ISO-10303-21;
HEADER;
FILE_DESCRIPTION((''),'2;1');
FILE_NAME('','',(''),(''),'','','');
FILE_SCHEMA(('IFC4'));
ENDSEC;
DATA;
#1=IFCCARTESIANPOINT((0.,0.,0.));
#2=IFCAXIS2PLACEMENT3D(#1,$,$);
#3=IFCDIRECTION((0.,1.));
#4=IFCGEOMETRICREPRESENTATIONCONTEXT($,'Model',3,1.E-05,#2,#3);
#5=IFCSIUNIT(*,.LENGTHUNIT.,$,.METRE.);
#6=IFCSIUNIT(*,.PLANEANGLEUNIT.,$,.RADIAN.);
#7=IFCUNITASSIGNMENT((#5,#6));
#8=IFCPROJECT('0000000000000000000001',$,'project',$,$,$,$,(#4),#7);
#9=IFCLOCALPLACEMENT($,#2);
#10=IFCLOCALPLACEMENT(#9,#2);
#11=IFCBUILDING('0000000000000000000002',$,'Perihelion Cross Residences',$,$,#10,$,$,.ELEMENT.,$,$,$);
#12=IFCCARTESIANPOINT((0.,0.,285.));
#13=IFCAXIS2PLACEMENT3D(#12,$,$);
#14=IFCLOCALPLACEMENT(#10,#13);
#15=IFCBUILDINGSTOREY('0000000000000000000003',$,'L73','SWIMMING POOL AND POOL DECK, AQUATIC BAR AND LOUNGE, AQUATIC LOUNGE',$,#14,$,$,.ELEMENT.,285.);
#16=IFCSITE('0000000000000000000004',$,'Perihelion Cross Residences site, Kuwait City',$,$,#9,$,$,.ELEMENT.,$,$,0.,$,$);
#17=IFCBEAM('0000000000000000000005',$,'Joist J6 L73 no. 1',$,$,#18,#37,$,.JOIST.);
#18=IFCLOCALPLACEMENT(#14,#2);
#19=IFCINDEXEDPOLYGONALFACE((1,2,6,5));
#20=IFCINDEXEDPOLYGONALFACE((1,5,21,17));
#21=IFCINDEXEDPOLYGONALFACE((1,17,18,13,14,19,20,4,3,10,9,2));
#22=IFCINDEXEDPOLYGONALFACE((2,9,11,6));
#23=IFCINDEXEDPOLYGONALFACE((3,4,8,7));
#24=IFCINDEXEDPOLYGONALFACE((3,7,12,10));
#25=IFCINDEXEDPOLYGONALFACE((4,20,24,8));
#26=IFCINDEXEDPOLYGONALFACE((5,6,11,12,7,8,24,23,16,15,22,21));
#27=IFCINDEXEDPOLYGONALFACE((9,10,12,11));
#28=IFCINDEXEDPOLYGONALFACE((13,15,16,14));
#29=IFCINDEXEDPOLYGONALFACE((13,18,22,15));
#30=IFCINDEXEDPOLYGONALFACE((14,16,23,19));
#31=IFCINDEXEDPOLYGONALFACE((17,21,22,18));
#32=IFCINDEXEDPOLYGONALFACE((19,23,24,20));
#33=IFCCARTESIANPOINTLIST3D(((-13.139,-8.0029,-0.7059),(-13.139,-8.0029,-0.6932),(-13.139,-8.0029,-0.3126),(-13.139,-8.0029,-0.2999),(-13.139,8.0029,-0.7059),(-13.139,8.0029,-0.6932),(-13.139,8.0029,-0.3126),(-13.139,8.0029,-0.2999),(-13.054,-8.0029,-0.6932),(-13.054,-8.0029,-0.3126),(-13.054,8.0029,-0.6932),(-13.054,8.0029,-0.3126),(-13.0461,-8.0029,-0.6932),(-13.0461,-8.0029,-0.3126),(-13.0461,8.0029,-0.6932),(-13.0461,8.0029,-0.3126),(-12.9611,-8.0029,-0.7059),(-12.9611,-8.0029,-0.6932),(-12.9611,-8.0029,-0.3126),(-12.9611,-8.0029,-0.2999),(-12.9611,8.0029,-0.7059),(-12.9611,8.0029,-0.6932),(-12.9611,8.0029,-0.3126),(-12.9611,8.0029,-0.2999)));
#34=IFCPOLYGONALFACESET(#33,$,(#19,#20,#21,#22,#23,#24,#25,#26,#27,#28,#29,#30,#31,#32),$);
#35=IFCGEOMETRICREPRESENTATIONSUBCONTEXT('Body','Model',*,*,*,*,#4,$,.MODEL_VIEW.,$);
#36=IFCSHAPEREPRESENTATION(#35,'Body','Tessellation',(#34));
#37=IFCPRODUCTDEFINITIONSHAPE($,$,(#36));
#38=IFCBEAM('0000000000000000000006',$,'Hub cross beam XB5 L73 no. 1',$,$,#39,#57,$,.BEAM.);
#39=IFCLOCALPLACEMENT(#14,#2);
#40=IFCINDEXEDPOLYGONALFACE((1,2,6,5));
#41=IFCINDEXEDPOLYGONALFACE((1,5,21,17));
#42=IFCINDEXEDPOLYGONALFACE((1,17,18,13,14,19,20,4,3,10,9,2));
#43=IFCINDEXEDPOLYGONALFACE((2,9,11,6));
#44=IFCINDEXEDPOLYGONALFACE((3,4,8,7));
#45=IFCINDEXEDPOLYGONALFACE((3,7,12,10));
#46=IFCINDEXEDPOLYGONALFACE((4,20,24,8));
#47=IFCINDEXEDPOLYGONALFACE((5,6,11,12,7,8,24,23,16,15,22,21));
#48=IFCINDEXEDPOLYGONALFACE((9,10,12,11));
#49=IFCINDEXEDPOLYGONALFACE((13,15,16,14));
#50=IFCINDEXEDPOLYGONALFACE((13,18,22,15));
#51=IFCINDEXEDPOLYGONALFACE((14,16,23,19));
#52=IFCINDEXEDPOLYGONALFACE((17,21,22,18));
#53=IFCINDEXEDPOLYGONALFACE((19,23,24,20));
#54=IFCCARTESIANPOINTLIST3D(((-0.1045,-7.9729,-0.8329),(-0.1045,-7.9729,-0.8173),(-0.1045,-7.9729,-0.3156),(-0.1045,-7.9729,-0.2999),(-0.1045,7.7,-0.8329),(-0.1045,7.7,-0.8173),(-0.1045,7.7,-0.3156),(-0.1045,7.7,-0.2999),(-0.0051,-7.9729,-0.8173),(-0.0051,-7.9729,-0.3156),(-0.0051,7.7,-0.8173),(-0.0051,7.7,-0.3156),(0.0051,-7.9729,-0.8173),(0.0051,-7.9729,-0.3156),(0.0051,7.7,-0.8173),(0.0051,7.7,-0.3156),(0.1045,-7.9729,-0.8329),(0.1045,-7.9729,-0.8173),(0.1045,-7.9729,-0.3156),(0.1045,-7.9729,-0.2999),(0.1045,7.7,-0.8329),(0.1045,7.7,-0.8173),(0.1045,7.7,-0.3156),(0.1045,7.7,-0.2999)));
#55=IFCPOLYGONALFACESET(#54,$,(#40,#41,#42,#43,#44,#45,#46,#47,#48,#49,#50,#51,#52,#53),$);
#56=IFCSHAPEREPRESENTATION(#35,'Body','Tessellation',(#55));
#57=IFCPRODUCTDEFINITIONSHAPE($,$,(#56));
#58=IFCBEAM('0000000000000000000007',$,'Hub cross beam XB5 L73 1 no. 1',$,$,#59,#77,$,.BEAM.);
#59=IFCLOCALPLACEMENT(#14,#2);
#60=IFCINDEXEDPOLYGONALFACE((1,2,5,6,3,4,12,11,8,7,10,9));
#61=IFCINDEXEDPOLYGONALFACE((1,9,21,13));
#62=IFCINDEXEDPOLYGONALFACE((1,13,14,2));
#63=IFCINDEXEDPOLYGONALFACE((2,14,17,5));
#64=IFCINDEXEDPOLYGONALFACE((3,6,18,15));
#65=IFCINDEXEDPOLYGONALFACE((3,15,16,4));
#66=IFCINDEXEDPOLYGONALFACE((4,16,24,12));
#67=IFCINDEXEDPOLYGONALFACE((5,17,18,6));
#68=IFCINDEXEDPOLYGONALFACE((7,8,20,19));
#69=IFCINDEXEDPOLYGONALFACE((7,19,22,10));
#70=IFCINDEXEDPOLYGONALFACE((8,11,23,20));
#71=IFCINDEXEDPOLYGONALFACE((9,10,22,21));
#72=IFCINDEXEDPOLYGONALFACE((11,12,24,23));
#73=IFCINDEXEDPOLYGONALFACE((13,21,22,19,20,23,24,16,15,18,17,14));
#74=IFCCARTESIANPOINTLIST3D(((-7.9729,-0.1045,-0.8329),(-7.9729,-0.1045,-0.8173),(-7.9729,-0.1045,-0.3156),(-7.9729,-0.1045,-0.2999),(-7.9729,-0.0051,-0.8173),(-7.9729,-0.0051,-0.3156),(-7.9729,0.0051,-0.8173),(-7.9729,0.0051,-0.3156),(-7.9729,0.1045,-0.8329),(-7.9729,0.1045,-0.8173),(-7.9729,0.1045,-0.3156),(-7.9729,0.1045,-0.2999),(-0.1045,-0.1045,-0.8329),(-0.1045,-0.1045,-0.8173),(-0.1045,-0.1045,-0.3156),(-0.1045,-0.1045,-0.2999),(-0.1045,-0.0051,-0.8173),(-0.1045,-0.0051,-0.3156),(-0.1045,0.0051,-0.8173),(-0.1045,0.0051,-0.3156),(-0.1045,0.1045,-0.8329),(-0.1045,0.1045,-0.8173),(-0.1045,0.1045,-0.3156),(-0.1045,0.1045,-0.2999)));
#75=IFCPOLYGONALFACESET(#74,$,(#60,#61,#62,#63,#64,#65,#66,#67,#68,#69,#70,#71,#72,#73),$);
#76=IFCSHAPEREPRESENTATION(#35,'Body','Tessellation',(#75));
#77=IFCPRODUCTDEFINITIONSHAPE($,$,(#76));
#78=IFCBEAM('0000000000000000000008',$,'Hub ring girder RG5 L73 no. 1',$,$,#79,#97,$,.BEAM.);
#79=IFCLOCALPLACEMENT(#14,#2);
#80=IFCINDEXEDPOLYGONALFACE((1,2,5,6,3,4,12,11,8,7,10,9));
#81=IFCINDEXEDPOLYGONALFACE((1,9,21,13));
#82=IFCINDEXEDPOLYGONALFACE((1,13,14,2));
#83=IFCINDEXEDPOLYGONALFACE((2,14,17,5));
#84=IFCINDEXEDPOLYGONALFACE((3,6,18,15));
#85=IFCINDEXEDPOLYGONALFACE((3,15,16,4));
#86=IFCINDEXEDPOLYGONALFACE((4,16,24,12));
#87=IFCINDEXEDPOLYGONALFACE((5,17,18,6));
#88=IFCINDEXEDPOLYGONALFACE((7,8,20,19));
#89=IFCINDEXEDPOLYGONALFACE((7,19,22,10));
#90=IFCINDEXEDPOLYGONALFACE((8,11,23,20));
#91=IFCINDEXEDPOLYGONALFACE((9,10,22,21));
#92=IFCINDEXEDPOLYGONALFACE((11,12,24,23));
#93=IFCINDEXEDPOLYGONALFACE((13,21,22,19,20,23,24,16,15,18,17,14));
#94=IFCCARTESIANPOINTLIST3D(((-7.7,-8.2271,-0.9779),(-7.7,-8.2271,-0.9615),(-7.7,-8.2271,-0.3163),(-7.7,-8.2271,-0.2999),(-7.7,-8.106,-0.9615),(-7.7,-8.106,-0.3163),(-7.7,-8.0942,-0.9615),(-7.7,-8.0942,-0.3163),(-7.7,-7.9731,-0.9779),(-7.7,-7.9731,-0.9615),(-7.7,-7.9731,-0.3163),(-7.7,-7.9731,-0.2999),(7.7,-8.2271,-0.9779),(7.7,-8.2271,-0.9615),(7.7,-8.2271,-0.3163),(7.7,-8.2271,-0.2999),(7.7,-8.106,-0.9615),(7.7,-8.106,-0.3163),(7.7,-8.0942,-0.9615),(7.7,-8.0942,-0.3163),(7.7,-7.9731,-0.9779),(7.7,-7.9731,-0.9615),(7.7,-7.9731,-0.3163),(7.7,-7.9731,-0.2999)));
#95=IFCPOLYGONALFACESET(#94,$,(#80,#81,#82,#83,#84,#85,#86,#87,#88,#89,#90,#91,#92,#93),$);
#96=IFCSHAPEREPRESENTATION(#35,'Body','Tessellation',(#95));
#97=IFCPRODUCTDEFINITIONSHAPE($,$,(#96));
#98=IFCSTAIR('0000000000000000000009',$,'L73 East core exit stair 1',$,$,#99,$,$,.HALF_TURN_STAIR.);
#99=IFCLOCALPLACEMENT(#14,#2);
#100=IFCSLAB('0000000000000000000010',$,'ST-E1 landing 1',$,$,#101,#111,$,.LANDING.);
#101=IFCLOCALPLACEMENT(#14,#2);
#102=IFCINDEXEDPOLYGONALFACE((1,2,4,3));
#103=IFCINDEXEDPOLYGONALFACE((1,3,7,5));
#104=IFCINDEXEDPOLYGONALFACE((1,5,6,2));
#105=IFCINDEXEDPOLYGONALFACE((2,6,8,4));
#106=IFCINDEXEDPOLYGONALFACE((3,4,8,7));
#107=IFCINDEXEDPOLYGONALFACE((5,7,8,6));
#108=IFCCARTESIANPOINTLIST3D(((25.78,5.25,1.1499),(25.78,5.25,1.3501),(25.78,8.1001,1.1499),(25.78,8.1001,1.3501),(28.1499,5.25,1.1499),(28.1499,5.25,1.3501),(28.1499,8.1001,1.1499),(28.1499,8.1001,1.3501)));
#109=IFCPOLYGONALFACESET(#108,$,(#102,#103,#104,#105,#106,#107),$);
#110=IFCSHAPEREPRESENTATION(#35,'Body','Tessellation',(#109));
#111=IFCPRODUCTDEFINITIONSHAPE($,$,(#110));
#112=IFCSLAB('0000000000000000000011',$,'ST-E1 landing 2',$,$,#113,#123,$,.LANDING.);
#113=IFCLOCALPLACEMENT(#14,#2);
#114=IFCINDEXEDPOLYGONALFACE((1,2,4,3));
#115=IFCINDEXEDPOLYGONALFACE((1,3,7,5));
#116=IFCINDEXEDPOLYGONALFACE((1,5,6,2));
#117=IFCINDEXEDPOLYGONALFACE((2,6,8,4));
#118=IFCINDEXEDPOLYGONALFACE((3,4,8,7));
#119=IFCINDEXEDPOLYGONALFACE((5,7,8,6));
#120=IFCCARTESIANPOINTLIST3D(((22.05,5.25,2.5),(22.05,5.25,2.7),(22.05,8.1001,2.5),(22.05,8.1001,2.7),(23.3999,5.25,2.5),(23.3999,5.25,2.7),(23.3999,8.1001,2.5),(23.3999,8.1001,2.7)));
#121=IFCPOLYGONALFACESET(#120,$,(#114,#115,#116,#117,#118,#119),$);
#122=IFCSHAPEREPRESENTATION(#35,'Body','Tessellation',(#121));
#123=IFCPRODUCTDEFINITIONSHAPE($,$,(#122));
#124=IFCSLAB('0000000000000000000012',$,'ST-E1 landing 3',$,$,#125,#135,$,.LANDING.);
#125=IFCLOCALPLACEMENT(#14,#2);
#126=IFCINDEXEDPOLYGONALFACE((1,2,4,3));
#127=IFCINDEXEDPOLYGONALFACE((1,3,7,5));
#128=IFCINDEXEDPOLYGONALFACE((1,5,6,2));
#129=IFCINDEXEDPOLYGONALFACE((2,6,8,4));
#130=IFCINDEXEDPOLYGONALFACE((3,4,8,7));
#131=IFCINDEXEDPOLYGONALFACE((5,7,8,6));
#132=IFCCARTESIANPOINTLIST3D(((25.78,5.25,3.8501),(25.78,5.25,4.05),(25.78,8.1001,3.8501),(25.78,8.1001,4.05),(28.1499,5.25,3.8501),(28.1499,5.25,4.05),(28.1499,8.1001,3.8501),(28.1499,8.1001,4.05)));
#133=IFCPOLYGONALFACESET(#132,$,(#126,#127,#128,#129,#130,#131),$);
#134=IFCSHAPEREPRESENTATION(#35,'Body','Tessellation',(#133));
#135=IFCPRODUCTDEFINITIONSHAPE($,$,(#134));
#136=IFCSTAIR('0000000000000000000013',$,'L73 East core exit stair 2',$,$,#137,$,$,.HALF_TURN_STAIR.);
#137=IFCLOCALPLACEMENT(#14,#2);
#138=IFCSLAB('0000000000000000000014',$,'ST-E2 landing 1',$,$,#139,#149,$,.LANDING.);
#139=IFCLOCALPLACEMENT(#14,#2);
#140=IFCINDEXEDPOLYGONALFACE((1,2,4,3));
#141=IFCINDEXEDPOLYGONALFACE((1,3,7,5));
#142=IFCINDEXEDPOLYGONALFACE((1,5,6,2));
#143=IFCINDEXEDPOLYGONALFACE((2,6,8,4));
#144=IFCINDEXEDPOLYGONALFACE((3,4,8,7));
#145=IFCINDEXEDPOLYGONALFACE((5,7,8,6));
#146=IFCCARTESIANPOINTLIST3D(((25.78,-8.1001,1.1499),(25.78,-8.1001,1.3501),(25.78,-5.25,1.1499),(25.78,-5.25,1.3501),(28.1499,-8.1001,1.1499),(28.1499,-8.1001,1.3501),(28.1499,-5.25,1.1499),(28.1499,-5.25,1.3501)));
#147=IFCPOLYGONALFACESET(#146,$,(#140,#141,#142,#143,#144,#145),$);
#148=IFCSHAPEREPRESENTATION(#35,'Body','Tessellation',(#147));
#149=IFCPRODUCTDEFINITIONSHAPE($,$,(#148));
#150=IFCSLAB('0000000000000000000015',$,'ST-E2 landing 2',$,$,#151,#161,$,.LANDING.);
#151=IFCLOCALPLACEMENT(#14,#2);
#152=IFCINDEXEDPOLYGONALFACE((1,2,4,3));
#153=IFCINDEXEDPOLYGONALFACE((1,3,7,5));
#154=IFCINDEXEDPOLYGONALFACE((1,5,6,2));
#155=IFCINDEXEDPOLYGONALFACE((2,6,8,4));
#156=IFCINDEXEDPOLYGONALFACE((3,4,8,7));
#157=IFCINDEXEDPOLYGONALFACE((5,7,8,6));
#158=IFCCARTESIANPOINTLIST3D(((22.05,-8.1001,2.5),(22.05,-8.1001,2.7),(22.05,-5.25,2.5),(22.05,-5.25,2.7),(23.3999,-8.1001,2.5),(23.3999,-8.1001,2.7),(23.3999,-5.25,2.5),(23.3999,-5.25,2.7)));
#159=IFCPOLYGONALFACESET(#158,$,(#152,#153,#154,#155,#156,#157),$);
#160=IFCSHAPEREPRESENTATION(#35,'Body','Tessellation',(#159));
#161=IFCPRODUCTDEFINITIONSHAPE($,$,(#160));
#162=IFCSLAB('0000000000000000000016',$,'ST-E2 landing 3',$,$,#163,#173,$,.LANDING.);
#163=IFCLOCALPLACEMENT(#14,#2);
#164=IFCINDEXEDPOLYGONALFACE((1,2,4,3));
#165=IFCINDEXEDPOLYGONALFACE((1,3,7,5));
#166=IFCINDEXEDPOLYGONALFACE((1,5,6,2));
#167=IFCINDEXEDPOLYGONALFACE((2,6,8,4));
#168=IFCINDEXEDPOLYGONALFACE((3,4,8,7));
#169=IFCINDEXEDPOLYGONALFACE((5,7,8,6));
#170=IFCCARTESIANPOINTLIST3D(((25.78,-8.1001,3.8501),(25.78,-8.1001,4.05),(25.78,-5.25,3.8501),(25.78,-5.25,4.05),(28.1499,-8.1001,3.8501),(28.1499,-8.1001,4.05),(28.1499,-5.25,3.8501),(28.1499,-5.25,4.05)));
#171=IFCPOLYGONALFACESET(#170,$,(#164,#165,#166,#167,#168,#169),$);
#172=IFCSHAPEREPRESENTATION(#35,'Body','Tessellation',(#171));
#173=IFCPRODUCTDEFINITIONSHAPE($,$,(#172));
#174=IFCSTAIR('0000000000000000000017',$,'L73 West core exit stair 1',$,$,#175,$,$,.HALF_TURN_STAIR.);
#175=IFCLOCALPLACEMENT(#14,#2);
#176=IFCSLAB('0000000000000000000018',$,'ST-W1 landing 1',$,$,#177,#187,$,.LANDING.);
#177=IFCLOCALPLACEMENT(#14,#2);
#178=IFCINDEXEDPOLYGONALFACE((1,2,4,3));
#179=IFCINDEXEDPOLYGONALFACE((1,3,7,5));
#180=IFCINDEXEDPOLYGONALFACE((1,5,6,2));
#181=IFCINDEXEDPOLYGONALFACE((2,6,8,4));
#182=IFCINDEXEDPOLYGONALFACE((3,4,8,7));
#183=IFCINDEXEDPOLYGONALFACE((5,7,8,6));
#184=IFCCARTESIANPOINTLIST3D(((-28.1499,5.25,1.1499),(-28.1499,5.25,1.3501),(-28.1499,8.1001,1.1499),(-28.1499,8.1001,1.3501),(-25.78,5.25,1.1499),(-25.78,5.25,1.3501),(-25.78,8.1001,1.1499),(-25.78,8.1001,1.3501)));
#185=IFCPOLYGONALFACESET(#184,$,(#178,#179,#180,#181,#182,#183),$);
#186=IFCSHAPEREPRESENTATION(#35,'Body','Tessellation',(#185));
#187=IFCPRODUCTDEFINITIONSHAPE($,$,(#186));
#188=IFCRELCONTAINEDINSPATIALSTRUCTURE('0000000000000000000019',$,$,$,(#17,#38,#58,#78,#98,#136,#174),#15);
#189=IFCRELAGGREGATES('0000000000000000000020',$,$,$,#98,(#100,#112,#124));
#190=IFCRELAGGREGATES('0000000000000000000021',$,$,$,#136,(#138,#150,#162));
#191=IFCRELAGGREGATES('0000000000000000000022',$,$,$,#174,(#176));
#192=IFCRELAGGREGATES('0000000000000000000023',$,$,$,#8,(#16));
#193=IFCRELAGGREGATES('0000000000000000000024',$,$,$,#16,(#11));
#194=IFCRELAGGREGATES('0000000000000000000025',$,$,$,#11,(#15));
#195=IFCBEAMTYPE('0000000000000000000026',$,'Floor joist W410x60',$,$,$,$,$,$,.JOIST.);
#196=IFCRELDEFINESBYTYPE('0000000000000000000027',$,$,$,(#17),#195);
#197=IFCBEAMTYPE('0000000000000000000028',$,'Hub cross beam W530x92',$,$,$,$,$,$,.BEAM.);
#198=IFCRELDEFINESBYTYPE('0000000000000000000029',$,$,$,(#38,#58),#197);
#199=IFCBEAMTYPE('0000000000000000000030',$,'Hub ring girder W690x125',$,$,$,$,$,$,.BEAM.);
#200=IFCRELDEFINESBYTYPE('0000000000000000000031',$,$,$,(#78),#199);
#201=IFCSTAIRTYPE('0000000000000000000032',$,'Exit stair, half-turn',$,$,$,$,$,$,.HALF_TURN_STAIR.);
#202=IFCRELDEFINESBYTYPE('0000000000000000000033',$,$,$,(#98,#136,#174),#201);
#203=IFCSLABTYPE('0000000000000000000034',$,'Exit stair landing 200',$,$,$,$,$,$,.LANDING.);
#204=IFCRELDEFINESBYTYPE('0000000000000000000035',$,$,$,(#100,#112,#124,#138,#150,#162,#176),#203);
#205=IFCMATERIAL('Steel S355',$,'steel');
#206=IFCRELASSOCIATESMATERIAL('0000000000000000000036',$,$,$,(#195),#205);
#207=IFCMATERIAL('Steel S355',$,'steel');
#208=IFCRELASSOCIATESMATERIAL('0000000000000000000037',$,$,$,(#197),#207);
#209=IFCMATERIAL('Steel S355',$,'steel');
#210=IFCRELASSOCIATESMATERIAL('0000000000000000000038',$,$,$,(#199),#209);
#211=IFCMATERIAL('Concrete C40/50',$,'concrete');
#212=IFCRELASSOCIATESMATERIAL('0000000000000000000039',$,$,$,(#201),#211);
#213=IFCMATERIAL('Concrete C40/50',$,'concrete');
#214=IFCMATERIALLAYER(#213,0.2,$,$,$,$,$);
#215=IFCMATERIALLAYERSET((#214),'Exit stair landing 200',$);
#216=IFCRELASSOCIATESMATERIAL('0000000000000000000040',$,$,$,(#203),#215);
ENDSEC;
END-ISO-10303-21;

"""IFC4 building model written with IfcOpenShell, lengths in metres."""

from ifc_helpers import new_model, si_unit, direction, frame, origin, origin_2d, place, context, subcontext, project, spatial, polyline, i_section, outline, extrude, material, layer, layer_set, material_profile, profile_set, type_object, element, aggregate, save


model = new_model("IFC4")

# Units and contexts
model_context = context("Model", 3, precision=1e-05, world=origin(), true_north=direction((0.0, 1.0)))
body_context = subcontext(model_context, "Body", "Model", "MODEL_VIEW")
ifc_project = project(units=[si_unit("LENGTHUNIT", "METRE"), si_unit("PLANEANGLEUNIT", "RADIAN")], contexts=[model_context])

# Site, building, storey
site_placement = place(None, origin())
site = spatial("IfcSite", under=ifc_project, at=site_placement, Name="Perihelion Cross Residences site, Kuwait City", CompositionType="ELEMENT", RefElevation=0.0)
building_placement = place(site_placement, origin())
building = spatial("IfcBuilding", under=site, at=building_placement, Name="Perihelion Cross Residences", CompositionType="ELEMENT")
storey_placement = place(building_placement, frame((0.0, 0.0, 285.0)))
storey = spatial("IfcBuildingStorey", under=building, at=storey_placement, Name="L73", Description="SWIMMING POOL AND POOL DECK, AQUATIC BAR AND LOUNGE, AQUATIC LOUNGE", CompositionType="ELEMENT", Elevation=285.0)

# Beams
ifc_material_1 = material(Name="Steel S355", Category="steel")
ifc_material_profile_1 = material_profile(ifc_material_1, i_section(OverallWidth=0.178, OverallDepth=0.406, WebThickness=0.0078, FlangeThickness=0.0127, at=origin_2d()), Name="W410x60")
ifc_profile_set_1 = profile_set([ifc_material_profile_1], Name="Steel S355")
beam_type_1 = type_object("IfcBeamType", Name="Floor joist W410x60", PredefinedType="JOIST", material=ifc_profile_set_1)
beam_1_placement = place(storey_placement, frame((-13.05, -8.0029, -0.5029), z_axis=(0.0, 1.0, 0.0), x_axis=(-1.0, 0.0, 0.0)))
element("IfcBeam", 1, at=beam_1_placement, inside=storey, type_object=beam_type_1, Name="Joist J6 L73 no. 1", PredefinedType="JOIST", context=body_context, shape_type="SweptSolid", body=[
    extrude(i_section(OverallWidth=0.178, OverallDepth=0.406, WebThickness=0.0078, FlangeThickness=0.0127, at=origin_2d()), origin(), (0.0, 0.0, 1.0), 16.0059),
])
ifc_material_2 = material(Name="Steel S355", Category="steel")
ifc_material_profile_2 = material_profile(ifc_material_2, i_section(OverallWidth=0.209, OverallDepth=0.533, WebThickness=0.0103, FlangeThickness=0.0156, at=origin_2d()), Name="W530x92")
ifc_profile_set_2 = profile_set([ifc_material_profile_2], Name="Steel S355")
beam_type_2 = type_object("IfcBeamType", Name="Hub cross beam W530x92", PredefinedType="BEAM", material=ifc_profile_set_2)
beam_2_placement = place(storey_placement, frame((0.0, -7.9729, -0.5664), z_axis=(0.0, 1.0, 0.0), x_axis=(-1.0, 0.0, 0.0)))
element("IfcBeam", 2, at=beam_2_placement, inside=storey, type_object=beam_type_2, Name="Hub cross beam XB5 L73 no. 1", PredefinedType="BEAM", context=body_context, shape_type="SweptSolid", body=[
    extrude(i_section(OverallWidth=0.209, OverallDepth=0.533, WebThickness=0.0103, FlangeThickness=0.0156, at=origin_2d()), origin(), (0.0, 0.0, 1.0), 15.6729),
])
beam_3_placement = place(storey_placement, frame((-7.9729, 0.0, -0.5664), z_axis=(1.0, 0.0, 0.0), x_axis=(0.0, 1.0, 0.0)))
element("IfcBeam", 3, at=beam_3_placement, inside=storey, type_object=beam_type_2, Name="Hub cross beam XB5 L73 1 no. 1", PredefinedType="BEAM", context=body_context, shape_type="SweptSolid", body=[
    extrude(i_section(OverallWidth=0.209, OverallDepth=0.533, WebThickness=0.0103, FlangeThickness=0.0156, at=origin_2d()), origin(), (0.0, 0.0, 1.0), 7.8684),
])
ifc_material_3 = material(Name="Steel S355", Category="steel")
ifc_material_profile_3 = material_profile(ifc_material_3, i_section(OverallWidth=0.2539, OverallDepth=0.678, WebThickness=0.0117, FlangeThickness=0.0164, at=origin_2d()), Name="W690x125")
ifc_profile_set_3 = profile_set([ifc_material_profile_3], Name="Steel S355")
beam_type_3 = type_object("IfcBeamType", Name="Hub ring girder W690x125", PredefinedType="BEAM", material=ifc_profile_set_3)
beam_4_placement = place(storey_placement, frame((-7.7, -8.1001, -0.6389), z_axis=(1.0, 0.0, 0.0), x_axis=(0.0, 1.0, 0.0)))
element("IfcBeam", 4, at=beam_4_placement, inside=storey, type_object=beam_type_3, Name="Hub ring girder RG5 L73 no. 1", PredefinedType="BEAM", context=body_context, shape_type="SweptSolid", body=[
    extrude(i_section(OverallWidth=0.2539, OverallDepth=0.678, WebThickness=0.0117, FlangeThickness=0.0164, at=origin_2d()), origin(), (0.0, 0.0, 1.0), 15.3999),
])

# Stairs, slabs
ifc_material_4 = material(Name="Concrete C40/50", Category="concrete")
stair_type = type_object("IfcStairType", Name="Exit stair, half-turn", PredefinedType="HALF_TURN_STAIR", material=ifc_material_4)
stair_1_placement = place(storey_placement, origin())
stair_1 = element("IfcStair", 5, at=stair_1_placement, inside=storey, type_object=stair_type, Name="L73 East core exit stair 1", PredefinedType="HALF_TURN_STAIR")
ifc_material_5 = material(Name="Concrete C40/50", Category="concrete")
ifc_layer_1 = layer(ifc_material_5, 0.2)
ifc_layer_set_1 = layer_set([ifc_layer_1], Name="Exit stair landing 200")
slab_type_1 = type_object("IfcSlabType", Name="Exit stair landing 200", PredefinedType="LANDING", material=ifc_layer_set_1)
slab_1_placement = place(storey_placement, frame((0.0, 0.0, 1.1499)))
slab_1 = element("IfcSlab", 6, at=slab_1_placement, type_object=slab_type_1, Name="ST-E1 landing 1", PredefinedType="LANDING", context=body_context, shape_type="SweptSolid", body=[
    extrude(outline(polyline([(25.78, 5.25), (28.1499, 5.25), (28.1499, 8.1001), (25.78, 8.1001), (25.78, 5.25)])), origin(), (0.0, 0.0, 1.0), 0.2002),
])
slab_2_placement = place(storey_placement, frame((0.0, 0.0, 2.5)))
slab_2 = element("IfcSlab", 7, at=slab_2_placement, type_object=slab_type_1, Name="ST-E1 landing 2", PredefinedType="LANDING", context=body_context, shape_type="SweptSolid", body=[
    extrude(outline(polyline([(22.05, 5.25), (23.3999, 5.25), (23.3999, 8.1001), (22.05, 8.1001), (22.05, 5.25)])), origin(), (0.0, 0.0, 1.0), 0.2),
])
slab_3_placement = place(storey_placement, frame((0.0, 0.0, 3.8501)))
slab_3 = element("IfcSlab", 8, at=slab_3_placement, type_object=slab_type_1, Name="ST-E1 landing 3", PredefinedType="LANDING", context=body_context, shape_type="SweptSolid", body=[
    extrude(outline(polyline([(25.78, 5.25), (28.1499, 5.25), (28.1499, 8.1001), (25.78, 8.1001), (25.78, 5.25)])), origin(), (0.0, 0.0, 1.0), 0.2),
])
aggregate(stair_1, [slab_1, slab_2, slab_3])
stair_2_placement = place(storey_placement, origin())
stair_2 = element("IfcStair", 9, at=stair_2_placement, inside=storey, type_object=stair_type, Name="L73 East core exit stair 2", PredefinedType="HALF_TURN_STAIR")
slab_4_placement = place(storey_placement, frame((0.0, 0.0, 1.1499)))
slab_4 = element("IfcSlab", 10, at=slab_4_placement, type_object=slab_type_1, Name="ST-E2 landing 1", PredefinedType="LANDING", context=body_context, shape_type="SweptSolid", body=[
    extrude(outline(polyline([(25.78, -8.1001), (28.1499, -8.1001), (28.1499, -5.25), (25.78, -5.25), (25.78, -8.1001)])), origin(), (0.0, 0.0, 1.0), 0.2002),
])
slab_5_placement = place(storey_placement, frame((0.0, 0.0, 2.5)))
slab_5 = element("IfcSlab", 11, at=slab_5_placement, type_object=slab_type_1, Name="ST-E2 landing 2", PredefinedType="LANDING", context=body_context, shape_type="SweptSolid", body=[
    extrude(outline(polyline([(22.05, -8.1001), (23.3999, -8.1001), (23.3999, -5.25), (22.05, -5.25), (22.05, -8.1001)])), origin(), (0.0, 0.0, 1.0), 0.2),
])
slab_6_placement = place(storey_placement, frame((0.0, 0.0, 3.8501)))
slab_6 = element("IfcSlab", 12, at=slab_6_placement, type_object=slab_type_1, Name="ST-E2 landing 3", PredefinedType="LANDING", context=body_context, shape_type="SweptSolid", body=[
    extrude(outline(polyline([(25.78, -8.1001), (28.1499, -8.1001), (28.1499, -5.25), (25.78, -5.25), (25.78, -8.1001)])), origin(), (0.0, 0.0, 1.0), 0.2),
])
aggregate(stair_2, [slab_4, slab_5, slab_6])
stair_3_placement = place(storey_placement, origin())
stair_3 = element("IfcStair", 13, at=stair_3_placement, inside=storey, type_object=stair_type, Name="L73 West core exit stair 1", PredefinedType="HALF_TURN_STAIR")
slab_7_placement = place(storey_placement, frame((0.0, 0.0, 1.1499)))
slab_7 = element("IfcSlab", 14, at=slab_7_placement, type_object=slab_type_1, Name="ST-W1 landing 1", PredefinedType="LANDING", context=body_context, shape_type="SweptSolid", body=[
    extrude(outline(polyline([(-25.78, 8.1001), (-28.1499, 8.1001), (-28.1499, 5.25), (-25.78, 5.25), (-25.78, 8.1001)])), origin(), (0.0, 0.0, 1.0), 0.2002),
])
aggregate(stair_3, [slab_7])

save(model, "model.ifc")
